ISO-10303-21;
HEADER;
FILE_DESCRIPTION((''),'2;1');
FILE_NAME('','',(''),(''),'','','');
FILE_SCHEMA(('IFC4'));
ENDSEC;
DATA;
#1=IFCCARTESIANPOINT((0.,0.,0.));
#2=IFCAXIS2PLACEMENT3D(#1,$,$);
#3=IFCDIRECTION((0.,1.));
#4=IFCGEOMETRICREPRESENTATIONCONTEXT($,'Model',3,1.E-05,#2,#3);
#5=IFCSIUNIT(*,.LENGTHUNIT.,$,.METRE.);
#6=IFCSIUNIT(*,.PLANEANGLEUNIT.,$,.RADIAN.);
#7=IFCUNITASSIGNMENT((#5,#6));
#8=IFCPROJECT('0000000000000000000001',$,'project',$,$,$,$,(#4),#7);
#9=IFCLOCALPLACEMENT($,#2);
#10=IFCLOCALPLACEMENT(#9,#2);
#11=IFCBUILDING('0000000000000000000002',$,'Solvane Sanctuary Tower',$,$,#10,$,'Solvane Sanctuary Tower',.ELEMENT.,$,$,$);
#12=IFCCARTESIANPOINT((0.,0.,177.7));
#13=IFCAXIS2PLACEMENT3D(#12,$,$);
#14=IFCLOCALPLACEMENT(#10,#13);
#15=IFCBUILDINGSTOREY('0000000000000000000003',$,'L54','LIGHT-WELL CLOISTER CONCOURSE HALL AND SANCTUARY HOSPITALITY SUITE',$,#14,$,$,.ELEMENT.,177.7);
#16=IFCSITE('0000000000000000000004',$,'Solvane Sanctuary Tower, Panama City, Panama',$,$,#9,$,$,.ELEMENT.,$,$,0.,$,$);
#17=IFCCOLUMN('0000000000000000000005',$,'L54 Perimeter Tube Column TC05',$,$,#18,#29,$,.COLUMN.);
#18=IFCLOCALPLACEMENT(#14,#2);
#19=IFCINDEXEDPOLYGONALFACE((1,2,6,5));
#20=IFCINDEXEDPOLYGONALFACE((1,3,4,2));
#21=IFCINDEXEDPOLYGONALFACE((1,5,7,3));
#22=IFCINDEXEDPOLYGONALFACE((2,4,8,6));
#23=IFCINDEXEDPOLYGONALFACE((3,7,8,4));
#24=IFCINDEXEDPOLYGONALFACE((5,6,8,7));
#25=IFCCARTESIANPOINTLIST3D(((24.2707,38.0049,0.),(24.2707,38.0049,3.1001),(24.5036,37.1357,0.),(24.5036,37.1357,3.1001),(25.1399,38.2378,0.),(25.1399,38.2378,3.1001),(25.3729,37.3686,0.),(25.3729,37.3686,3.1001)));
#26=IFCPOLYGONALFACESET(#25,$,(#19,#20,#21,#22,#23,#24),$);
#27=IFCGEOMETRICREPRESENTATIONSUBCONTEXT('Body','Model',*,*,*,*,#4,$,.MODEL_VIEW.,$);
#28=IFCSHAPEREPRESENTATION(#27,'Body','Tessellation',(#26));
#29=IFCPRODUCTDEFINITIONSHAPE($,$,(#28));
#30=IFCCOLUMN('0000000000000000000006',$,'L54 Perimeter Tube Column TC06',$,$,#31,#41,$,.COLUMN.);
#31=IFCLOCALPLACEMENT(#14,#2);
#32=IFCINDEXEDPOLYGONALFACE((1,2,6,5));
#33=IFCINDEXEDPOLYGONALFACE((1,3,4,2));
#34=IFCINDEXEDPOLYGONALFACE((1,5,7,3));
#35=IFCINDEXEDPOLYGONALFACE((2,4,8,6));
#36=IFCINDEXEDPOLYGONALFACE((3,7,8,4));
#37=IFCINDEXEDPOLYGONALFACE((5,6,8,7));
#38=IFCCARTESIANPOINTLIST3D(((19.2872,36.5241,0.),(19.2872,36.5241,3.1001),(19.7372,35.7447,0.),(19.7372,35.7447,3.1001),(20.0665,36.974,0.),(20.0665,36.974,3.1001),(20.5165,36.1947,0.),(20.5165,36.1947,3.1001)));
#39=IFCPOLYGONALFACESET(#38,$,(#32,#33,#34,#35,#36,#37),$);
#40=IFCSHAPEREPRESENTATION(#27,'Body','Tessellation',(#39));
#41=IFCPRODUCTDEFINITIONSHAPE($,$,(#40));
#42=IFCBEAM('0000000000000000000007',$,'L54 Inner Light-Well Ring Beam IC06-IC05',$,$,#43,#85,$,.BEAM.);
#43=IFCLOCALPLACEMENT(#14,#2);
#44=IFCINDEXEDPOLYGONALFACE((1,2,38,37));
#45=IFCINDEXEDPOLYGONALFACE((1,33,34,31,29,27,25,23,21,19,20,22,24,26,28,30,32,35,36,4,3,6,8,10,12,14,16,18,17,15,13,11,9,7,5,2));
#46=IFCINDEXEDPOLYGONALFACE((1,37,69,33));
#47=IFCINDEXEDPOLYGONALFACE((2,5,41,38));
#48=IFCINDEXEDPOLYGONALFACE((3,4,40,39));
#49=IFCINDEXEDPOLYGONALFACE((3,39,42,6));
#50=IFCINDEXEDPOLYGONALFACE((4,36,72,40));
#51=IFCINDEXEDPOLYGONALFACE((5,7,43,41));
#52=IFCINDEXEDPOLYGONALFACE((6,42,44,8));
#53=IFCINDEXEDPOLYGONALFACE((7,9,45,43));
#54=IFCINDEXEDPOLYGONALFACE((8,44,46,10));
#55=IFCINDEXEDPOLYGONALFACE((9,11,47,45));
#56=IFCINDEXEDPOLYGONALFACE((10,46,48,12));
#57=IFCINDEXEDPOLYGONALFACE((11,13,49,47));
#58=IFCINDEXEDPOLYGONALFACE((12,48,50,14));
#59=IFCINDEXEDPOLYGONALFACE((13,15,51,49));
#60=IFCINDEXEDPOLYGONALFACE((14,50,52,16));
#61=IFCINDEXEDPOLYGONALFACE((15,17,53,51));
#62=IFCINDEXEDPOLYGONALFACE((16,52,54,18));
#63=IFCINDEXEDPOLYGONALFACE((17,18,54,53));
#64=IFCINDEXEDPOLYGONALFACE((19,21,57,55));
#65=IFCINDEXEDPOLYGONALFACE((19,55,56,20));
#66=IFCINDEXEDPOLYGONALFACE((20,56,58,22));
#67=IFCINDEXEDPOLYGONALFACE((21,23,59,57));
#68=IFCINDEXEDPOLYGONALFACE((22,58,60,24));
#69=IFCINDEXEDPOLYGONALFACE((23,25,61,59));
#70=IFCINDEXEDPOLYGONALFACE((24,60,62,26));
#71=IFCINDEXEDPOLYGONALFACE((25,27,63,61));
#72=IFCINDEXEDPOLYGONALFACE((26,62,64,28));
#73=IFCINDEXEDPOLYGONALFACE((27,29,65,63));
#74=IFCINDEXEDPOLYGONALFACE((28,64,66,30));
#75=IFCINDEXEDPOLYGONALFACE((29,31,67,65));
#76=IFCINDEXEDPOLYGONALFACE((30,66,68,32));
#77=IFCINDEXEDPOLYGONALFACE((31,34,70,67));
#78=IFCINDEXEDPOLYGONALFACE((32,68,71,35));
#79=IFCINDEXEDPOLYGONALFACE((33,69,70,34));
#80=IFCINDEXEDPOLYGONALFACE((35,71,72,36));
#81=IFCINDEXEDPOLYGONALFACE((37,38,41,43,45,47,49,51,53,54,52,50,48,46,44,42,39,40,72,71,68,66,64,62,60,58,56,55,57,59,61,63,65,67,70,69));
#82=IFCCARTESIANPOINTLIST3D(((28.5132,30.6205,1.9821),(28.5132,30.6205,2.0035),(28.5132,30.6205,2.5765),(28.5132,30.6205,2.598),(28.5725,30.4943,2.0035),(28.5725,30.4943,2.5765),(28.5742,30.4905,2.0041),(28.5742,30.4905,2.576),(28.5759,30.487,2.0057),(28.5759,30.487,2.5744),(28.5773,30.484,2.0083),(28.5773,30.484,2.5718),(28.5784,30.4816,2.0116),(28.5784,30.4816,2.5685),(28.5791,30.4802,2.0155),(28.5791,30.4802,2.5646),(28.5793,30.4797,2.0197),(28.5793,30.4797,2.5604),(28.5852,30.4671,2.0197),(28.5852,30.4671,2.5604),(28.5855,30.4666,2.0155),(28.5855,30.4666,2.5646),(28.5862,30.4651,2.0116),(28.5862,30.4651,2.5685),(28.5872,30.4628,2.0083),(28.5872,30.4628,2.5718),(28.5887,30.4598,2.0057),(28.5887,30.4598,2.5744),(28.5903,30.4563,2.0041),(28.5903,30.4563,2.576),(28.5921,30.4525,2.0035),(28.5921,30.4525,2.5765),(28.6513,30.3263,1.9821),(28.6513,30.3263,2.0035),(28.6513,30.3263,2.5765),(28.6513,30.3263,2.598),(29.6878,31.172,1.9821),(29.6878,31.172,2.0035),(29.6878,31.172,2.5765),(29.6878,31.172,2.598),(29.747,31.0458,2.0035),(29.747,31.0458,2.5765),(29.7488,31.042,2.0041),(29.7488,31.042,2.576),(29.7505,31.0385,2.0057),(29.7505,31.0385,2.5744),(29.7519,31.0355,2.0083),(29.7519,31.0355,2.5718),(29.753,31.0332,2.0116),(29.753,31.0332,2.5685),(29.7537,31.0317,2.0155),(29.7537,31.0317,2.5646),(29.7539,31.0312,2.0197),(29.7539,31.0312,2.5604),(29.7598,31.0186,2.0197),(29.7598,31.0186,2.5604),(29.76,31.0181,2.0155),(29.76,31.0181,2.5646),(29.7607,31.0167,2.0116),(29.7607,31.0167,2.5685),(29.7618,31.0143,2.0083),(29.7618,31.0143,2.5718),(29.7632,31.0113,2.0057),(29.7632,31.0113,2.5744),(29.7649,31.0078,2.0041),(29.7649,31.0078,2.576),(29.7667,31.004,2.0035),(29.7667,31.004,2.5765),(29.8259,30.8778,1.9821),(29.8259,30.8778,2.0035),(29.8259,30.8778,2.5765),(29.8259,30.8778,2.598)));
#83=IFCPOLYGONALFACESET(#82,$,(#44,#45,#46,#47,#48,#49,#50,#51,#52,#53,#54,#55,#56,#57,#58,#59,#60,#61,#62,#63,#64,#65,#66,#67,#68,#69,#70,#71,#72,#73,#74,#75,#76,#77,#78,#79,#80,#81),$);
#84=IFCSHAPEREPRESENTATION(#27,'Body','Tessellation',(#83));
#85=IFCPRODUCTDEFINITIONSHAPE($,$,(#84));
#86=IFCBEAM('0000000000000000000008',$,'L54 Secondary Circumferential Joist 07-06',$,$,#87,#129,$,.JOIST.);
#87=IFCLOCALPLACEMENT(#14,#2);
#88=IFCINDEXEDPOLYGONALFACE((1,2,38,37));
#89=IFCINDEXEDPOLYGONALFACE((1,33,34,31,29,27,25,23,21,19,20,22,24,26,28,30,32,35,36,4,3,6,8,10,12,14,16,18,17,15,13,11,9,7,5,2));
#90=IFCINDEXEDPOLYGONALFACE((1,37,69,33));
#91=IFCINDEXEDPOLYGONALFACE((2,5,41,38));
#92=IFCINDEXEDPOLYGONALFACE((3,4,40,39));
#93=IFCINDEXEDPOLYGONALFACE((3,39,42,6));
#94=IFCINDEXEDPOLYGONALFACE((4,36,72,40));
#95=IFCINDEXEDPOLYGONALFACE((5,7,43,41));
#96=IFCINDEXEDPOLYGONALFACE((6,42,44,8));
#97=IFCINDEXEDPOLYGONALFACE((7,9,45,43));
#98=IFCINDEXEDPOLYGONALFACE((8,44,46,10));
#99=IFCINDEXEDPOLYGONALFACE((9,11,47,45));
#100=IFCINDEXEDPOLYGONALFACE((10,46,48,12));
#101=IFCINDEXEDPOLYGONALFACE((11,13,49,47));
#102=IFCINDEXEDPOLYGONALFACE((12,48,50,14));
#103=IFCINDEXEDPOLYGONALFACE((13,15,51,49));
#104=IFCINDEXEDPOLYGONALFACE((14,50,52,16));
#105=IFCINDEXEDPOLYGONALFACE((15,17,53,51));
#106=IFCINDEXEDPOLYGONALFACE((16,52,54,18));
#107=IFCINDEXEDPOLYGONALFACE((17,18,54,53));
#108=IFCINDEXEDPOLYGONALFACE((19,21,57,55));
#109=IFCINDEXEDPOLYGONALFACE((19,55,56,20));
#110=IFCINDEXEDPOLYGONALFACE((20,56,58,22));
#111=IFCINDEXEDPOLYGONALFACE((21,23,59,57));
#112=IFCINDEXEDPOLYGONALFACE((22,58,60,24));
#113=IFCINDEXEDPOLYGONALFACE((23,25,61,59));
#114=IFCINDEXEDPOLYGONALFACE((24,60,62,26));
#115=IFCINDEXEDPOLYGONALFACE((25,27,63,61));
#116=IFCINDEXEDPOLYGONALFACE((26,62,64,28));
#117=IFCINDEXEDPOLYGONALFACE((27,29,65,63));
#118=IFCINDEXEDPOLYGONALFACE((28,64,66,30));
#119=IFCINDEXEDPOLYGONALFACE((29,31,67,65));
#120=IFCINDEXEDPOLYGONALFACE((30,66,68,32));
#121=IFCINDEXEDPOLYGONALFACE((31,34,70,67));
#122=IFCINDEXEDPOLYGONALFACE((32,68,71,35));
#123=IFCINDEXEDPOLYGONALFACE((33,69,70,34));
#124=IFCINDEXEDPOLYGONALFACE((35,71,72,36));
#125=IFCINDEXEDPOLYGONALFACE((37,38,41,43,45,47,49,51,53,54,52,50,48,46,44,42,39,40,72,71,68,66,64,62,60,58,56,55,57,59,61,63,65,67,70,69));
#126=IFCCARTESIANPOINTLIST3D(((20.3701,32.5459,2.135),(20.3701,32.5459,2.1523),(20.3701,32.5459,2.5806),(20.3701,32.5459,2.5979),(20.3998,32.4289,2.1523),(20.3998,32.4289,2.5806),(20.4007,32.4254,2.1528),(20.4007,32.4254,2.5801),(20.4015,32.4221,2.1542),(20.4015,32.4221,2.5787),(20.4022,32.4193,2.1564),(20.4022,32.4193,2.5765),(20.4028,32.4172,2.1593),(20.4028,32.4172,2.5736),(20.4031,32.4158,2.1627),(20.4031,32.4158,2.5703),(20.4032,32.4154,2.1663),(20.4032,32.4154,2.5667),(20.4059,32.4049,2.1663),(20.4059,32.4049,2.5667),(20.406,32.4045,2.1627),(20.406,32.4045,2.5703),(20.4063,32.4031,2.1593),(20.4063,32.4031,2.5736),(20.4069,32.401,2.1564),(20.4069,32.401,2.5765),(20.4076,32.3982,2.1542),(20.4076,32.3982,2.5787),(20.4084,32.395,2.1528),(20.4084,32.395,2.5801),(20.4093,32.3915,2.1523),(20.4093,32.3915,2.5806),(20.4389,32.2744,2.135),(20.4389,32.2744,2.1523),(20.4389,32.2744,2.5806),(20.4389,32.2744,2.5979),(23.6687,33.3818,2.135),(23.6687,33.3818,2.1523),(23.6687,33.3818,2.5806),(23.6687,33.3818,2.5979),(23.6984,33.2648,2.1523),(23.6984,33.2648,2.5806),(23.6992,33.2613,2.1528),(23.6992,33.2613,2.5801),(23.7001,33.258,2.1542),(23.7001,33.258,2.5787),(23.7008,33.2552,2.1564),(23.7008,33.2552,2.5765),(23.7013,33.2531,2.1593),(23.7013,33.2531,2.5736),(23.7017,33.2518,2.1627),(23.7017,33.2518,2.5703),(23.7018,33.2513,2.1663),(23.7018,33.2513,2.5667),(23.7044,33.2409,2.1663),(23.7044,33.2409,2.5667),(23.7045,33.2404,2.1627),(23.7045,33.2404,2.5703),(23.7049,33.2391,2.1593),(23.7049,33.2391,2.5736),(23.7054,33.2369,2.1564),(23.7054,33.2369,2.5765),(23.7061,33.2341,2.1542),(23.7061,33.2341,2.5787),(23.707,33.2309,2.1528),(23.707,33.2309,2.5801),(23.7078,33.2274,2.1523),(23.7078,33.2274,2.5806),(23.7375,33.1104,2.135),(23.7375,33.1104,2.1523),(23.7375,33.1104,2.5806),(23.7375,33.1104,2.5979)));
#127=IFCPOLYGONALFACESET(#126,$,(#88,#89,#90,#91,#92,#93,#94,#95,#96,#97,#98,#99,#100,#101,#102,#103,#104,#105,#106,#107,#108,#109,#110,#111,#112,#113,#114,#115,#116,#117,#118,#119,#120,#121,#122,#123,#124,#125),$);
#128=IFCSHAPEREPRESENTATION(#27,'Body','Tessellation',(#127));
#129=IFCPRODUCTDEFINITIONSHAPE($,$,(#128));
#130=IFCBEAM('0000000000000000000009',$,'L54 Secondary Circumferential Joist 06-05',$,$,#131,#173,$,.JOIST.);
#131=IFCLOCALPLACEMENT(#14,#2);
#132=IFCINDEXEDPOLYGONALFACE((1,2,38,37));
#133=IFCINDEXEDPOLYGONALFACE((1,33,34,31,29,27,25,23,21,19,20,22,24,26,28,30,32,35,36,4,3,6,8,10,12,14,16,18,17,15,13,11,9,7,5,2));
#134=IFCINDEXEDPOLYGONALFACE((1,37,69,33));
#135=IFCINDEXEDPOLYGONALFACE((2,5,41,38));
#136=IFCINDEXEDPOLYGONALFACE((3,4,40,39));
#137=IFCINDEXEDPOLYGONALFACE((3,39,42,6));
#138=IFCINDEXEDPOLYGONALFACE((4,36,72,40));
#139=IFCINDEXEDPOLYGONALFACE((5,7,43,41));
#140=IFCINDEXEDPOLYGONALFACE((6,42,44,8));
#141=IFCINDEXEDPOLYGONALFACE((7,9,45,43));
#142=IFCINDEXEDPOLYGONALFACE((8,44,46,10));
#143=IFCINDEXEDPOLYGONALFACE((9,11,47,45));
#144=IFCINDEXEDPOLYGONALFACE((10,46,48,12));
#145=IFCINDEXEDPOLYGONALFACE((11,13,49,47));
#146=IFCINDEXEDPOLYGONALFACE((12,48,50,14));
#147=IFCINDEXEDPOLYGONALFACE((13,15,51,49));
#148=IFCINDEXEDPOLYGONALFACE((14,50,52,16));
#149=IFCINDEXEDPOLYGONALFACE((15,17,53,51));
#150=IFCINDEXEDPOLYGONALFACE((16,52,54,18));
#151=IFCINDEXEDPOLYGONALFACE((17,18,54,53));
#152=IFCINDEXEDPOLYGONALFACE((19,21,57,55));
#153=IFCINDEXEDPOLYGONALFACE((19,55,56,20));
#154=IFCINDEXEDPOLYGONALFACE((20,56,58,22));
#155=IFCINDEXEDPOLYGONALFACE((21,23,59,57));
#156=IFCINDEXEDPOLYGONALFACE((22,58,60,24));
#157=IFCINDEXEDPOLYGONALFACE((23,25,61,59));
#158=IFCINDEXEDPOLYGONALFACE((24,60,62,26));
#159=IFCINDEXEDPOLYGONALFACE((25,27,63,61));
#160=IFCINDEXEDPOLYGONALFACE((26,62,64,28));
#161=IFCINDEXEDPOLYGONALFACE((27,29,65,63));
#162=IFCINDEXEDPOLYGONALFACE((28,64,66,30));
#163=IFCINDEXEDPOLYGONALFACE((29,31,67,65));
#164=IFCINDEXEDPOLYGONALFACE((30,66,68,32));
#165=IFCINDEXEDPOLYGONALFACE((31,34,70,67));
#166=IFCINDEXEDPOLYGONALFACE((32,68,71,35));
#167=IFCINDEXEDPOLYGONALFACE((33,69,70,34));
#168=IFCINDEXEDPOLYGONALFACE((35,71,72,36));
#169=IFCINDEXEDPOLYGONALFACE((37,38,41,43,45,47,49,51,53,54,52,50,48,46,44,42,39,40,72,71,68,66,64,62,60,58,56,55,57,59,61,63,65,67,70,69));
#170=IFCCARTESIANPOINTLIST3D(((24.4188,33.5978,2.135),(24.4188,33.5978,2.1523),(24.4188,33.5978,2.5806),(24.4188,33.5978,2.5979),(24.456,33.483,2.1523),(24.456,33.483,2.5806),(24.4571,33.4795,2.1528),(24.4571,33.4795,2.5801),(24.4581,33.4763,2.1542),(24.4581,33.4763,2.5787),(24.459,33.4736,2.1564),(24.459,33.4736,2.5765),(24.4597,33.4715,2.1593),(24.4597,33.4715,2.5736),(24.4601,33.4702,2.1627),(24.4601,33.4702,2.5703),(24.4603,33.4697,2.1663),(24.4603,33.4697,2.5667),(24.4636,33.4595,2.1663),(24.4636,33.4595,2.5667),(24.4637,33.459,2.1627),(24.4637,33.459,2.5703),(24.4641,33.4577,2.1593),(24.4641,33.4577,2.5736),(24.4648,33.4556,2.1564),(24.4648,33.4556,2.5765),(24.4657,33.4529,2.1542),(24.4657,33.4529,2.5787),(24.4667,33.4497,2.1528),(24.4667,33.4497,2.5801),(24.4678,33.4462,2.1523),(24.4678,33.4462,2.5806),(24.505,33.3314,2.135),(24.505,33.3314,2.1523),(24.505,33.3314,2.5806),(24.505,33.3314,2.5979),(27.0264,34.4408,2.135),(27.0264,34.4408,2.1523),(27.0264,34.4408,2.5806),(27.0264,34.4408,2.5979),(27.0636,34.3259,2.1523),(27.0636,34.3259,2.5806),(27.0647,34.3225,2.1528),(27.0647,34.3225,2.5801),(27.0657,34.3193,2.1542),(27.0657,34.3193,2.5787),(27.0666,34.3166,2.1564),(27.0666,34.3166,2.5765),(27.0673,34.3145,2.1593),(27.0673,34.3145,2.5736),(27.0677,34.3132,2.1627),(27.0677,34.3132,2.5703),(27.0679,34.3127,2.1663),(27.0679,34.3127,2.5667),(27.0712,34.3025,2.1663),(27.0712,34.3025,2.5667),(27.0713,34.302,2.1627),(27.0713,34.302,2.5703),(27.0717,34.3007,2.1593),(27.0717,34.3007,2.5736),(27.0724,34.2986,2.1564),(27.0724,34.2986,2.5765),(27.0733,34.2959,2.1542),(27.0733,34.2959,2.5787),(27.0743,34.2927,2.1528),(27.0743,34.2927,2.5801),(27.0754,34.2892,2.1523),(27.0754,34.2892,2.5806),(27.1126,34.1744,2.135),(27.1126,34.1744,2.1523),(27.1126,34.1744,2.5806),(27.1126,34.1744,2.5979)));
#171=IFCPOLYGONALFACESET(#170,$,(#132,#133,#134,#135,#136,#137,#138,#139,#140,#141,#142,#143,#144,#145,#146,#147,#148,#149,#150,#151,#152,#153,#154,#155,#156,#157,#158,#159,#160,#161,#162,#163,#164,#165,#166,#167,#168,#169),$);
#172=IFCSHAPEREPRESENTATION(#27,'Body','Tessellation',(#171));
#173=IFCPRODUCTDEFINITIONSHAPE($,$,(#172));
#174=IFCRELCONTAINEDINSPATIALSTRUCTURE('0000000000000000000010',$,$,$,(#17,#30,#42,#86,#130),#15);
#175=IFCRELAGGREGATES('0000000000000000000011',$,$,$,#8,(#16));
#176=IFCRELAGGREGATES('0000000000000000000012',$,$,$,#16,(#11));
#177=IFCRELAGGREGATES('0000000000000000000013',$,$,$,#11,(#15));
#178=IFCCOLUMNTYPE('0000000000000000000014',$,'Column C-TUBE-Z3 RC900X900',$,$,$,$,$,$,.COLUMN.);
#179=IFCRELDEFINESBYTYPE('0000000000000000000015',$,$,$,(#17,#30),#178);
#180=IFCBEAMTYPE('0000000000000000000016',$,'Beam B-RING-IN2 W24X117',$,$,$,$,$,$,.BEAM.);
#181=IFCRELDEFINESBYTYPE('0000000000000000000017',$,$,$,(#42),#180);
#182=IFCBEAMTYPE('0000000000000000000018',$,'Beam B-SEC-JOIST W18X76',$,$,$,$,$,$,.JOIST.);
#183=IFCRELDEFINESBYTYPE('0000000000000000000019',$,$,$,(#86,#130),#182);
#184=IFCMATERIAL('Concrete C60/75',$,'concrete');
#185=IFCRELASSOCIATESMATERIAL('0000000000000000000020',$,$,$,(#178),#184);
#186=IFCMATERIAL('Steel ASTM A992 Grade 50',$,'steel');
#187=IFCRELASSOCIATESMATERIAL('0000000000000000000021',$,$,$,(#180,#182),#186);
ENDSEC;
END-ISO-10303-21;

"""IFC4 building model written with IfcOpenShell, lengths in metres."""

from ifc_helpers import new_model, si_unit, direction, frame, origin, origin_2d, place, context, subcontext, project, spatial, rectangle, i_section, extrude, material, material_profile, profile_set, type_object, element, save


model = new_model("IFC4")

# Units and contexts
model_context = context("Model", 3, precision=1e-05, world=origin(), true_north=direction((0.0, 1.0)))
body_context = subcontext(model_context, "Body", "Model", "MODEL_VIEW")
ifc_project = project(units=[si_unit("LENGTHUNIT", "METRE"), si_unit("PLANEANGLEUNIT", "RADIAN")], contexts=[model_context])

# Site, building, storey
site_placement = place(None, origin())
site = spatial("IfcSite", under=ifc_project, at=site_placement, Name="Solvane Sanctuary Tower, Panama City, Panama", CompositionType="ELEMENT", RefElevation=0.0)
building_placement = place(site_placement, origin())
building = spatial("IfcBuilding", under=site, at=building_placement, Name="Solvane Sanctuary Tower", LongName="Solvane Sanctuary Tower", CompositionType="ELEMENT")
storey_placement = place(building_placement, frame((0.0, 0.0, 177.7)))
storey = spatial("IfcBuildingStorey", under=building, at=storey_placement, Name="L54", Description="LIGHT-WELL CLOISTER CONCOURSE HALL AND SANCTUARY HOSPITALITY SUITE", CompositionType="ELEMENT", Elevation=177.7)

# Columns
ifc_material_1 = material(Name="Concrete C60/75", Category="concrete")
ifc_material_profile_1 = material_profile(ifc_material_1, rectangle(XDim=0.8999, YDim=0.8999, at=origin_2d()), Name="RC900X900")
ifc_profile_set_1 = profile_set([ifc_material_profile_1], Name="Concrete C60/75")
column_type = type_object("IfcColumnType", Name="Column C-TUBE-Z3 RC900X900", PredefinedType="COLUMN", material=ifc_profile_set_1)
for number, where, z_axis, x_axis, name in (
    (1, (24.8218, 37.6868, 0.0), (0.0, 0.0, 1.0), (-0.258819, 0.965926, 0.0), "L54 Perimeter Tube Column TC05"),
    (2, (19.9019, 36.3594, 0.0), (0.0, 0.0, 1.0), (-0.5, 0.866025, 0.0), "L54 Perimeter Tube Column TC06"),
):
    element("IfcColumn", number, at=place(storey_placement, frame(where, z_axis=z_axis, x_axis=x_axis)), inside=storey, type_object=column_type, Name=name, PredefinedType="COLUMN", context=body_context, shape_type="SweptSolid", body=[
        extrude(rectangle(XDim=0.8999, YDim=0.8999, at=origin_2d()), origin(), (0.0, 0.0, 1.0), 3.1001),
    ])

# Beams
ifc_material_2 = material(Name="Steel ASTM A992 Grade 50", Category="steel")
ifc_material_profile_2 = material_profile(ifc_material_2, i_section(OverallWidth=0.325, OverallDepth=0.616, WebThickness=0.0139, FlangeThickness=0.0215, FilletRadius=0.0161, at=origin_2d()), Name="W24X117")
ifc_profile_set_2 = profile_set([ifc_material_profile_2], Name="Steel ASTM A992 Grade 50")
beam_type_1 = type_object("IfcBeamType", Name="Beam B-RING-IN2 W24X117", PredefinedType="BEAM", material=ifc_profile_set_2)
beam_1_placement = place(storey_placement, frame((28.5823, 30.4734, 2.29), z_axis=(0.905181, 0.425027, 0.0), x_axis=(-0.425027, 0.905181, 0.0)))
element("IfcBeam", 3, at=beam_1_placement, inside=storey, type_object=beam_type_1, Name="L54 Inner Light-Well Ring Beam IC06-IC05", PredefinedType="BEAM", context=body_context, shape_type="SweptSolid", body=[
    extrude(i_section(OverallWidth=0.325, OverallDepth=0.616, WebThickness=0.0139, FlangeThickness=0.0215, FilletRadius=0.0161, at=origin_2d()), origin(), (0.0, 0.0, 1.0), 1.2976),
])
ifc_material_profile_3 = material_profile(ifc_material_2, i_section(OverallWidth=0.28, OverallDepth=0.4629, WebThickness=0.0107, FlangeThickness=0.0173, FilletRadius=0.0139, at=origin_2d()), Name="W18X76")
ifc_profile_set_3 = profile_set([ifc_material_profile_3], Name="Steel ASTM A992 Grade 50")
beam_type_2 = type_object("IfcBeamType", Name="Beam B-SEC-JOIST W18X76", PredefinedType="JOIST", material=ifc_profile_set_3)
beam_2_placement = place(storey_placement, frame((20.4045, 32.4102, 2.3665), z_axis=(0.969357, 0.245657, 0.0), x_axis=(-0.245657, 0.969357, 0.0)))
element("IfcBeam", 4, at=beam_2_placement, inside=storey, type_object=beam_type_2, Name="L54 Secondary Circumferential Joist 07-06", PredefinedType="JOIST", context=body_context, shape_type="SweptSolid", body=[
    extrude(i_section(OverallWidth=0.28, OverallDepth=0.4629, WebThickness=0.0107, FlangeThickness=0.0173, FilletRadius=0.0139, at=origin_2d()), origin(), (0.0, 0.0, 1.0), 3.4028),
])
beam_3_placement = place(storey_placement, frame((24.4619, 33.4646, 2.3665), z_axis=(0.951513, 0.307609, 0.0), x_axis=(-0.307609, 0.951513, 0.0)))
element("IfcBeam", 5, at=beam_3_placement, inside=storey, type_object=beam_type_2, Name="L54 Secondary Circumferential Joist 06-05", PredefinedType="JOIST", context=body_context, shape_type="SweptSolid", body=[
    extrude(i_section(OverallWidth=0.28, OverallDepth=0.4629, WebThickness=0.0107, FlangeThickness=0.0173, FilletRadius=0.0139, at=origin_2d()), origin(), (0.0, 0.0, 1.0), 2.7405),
])

save(model, "model.ifc")
